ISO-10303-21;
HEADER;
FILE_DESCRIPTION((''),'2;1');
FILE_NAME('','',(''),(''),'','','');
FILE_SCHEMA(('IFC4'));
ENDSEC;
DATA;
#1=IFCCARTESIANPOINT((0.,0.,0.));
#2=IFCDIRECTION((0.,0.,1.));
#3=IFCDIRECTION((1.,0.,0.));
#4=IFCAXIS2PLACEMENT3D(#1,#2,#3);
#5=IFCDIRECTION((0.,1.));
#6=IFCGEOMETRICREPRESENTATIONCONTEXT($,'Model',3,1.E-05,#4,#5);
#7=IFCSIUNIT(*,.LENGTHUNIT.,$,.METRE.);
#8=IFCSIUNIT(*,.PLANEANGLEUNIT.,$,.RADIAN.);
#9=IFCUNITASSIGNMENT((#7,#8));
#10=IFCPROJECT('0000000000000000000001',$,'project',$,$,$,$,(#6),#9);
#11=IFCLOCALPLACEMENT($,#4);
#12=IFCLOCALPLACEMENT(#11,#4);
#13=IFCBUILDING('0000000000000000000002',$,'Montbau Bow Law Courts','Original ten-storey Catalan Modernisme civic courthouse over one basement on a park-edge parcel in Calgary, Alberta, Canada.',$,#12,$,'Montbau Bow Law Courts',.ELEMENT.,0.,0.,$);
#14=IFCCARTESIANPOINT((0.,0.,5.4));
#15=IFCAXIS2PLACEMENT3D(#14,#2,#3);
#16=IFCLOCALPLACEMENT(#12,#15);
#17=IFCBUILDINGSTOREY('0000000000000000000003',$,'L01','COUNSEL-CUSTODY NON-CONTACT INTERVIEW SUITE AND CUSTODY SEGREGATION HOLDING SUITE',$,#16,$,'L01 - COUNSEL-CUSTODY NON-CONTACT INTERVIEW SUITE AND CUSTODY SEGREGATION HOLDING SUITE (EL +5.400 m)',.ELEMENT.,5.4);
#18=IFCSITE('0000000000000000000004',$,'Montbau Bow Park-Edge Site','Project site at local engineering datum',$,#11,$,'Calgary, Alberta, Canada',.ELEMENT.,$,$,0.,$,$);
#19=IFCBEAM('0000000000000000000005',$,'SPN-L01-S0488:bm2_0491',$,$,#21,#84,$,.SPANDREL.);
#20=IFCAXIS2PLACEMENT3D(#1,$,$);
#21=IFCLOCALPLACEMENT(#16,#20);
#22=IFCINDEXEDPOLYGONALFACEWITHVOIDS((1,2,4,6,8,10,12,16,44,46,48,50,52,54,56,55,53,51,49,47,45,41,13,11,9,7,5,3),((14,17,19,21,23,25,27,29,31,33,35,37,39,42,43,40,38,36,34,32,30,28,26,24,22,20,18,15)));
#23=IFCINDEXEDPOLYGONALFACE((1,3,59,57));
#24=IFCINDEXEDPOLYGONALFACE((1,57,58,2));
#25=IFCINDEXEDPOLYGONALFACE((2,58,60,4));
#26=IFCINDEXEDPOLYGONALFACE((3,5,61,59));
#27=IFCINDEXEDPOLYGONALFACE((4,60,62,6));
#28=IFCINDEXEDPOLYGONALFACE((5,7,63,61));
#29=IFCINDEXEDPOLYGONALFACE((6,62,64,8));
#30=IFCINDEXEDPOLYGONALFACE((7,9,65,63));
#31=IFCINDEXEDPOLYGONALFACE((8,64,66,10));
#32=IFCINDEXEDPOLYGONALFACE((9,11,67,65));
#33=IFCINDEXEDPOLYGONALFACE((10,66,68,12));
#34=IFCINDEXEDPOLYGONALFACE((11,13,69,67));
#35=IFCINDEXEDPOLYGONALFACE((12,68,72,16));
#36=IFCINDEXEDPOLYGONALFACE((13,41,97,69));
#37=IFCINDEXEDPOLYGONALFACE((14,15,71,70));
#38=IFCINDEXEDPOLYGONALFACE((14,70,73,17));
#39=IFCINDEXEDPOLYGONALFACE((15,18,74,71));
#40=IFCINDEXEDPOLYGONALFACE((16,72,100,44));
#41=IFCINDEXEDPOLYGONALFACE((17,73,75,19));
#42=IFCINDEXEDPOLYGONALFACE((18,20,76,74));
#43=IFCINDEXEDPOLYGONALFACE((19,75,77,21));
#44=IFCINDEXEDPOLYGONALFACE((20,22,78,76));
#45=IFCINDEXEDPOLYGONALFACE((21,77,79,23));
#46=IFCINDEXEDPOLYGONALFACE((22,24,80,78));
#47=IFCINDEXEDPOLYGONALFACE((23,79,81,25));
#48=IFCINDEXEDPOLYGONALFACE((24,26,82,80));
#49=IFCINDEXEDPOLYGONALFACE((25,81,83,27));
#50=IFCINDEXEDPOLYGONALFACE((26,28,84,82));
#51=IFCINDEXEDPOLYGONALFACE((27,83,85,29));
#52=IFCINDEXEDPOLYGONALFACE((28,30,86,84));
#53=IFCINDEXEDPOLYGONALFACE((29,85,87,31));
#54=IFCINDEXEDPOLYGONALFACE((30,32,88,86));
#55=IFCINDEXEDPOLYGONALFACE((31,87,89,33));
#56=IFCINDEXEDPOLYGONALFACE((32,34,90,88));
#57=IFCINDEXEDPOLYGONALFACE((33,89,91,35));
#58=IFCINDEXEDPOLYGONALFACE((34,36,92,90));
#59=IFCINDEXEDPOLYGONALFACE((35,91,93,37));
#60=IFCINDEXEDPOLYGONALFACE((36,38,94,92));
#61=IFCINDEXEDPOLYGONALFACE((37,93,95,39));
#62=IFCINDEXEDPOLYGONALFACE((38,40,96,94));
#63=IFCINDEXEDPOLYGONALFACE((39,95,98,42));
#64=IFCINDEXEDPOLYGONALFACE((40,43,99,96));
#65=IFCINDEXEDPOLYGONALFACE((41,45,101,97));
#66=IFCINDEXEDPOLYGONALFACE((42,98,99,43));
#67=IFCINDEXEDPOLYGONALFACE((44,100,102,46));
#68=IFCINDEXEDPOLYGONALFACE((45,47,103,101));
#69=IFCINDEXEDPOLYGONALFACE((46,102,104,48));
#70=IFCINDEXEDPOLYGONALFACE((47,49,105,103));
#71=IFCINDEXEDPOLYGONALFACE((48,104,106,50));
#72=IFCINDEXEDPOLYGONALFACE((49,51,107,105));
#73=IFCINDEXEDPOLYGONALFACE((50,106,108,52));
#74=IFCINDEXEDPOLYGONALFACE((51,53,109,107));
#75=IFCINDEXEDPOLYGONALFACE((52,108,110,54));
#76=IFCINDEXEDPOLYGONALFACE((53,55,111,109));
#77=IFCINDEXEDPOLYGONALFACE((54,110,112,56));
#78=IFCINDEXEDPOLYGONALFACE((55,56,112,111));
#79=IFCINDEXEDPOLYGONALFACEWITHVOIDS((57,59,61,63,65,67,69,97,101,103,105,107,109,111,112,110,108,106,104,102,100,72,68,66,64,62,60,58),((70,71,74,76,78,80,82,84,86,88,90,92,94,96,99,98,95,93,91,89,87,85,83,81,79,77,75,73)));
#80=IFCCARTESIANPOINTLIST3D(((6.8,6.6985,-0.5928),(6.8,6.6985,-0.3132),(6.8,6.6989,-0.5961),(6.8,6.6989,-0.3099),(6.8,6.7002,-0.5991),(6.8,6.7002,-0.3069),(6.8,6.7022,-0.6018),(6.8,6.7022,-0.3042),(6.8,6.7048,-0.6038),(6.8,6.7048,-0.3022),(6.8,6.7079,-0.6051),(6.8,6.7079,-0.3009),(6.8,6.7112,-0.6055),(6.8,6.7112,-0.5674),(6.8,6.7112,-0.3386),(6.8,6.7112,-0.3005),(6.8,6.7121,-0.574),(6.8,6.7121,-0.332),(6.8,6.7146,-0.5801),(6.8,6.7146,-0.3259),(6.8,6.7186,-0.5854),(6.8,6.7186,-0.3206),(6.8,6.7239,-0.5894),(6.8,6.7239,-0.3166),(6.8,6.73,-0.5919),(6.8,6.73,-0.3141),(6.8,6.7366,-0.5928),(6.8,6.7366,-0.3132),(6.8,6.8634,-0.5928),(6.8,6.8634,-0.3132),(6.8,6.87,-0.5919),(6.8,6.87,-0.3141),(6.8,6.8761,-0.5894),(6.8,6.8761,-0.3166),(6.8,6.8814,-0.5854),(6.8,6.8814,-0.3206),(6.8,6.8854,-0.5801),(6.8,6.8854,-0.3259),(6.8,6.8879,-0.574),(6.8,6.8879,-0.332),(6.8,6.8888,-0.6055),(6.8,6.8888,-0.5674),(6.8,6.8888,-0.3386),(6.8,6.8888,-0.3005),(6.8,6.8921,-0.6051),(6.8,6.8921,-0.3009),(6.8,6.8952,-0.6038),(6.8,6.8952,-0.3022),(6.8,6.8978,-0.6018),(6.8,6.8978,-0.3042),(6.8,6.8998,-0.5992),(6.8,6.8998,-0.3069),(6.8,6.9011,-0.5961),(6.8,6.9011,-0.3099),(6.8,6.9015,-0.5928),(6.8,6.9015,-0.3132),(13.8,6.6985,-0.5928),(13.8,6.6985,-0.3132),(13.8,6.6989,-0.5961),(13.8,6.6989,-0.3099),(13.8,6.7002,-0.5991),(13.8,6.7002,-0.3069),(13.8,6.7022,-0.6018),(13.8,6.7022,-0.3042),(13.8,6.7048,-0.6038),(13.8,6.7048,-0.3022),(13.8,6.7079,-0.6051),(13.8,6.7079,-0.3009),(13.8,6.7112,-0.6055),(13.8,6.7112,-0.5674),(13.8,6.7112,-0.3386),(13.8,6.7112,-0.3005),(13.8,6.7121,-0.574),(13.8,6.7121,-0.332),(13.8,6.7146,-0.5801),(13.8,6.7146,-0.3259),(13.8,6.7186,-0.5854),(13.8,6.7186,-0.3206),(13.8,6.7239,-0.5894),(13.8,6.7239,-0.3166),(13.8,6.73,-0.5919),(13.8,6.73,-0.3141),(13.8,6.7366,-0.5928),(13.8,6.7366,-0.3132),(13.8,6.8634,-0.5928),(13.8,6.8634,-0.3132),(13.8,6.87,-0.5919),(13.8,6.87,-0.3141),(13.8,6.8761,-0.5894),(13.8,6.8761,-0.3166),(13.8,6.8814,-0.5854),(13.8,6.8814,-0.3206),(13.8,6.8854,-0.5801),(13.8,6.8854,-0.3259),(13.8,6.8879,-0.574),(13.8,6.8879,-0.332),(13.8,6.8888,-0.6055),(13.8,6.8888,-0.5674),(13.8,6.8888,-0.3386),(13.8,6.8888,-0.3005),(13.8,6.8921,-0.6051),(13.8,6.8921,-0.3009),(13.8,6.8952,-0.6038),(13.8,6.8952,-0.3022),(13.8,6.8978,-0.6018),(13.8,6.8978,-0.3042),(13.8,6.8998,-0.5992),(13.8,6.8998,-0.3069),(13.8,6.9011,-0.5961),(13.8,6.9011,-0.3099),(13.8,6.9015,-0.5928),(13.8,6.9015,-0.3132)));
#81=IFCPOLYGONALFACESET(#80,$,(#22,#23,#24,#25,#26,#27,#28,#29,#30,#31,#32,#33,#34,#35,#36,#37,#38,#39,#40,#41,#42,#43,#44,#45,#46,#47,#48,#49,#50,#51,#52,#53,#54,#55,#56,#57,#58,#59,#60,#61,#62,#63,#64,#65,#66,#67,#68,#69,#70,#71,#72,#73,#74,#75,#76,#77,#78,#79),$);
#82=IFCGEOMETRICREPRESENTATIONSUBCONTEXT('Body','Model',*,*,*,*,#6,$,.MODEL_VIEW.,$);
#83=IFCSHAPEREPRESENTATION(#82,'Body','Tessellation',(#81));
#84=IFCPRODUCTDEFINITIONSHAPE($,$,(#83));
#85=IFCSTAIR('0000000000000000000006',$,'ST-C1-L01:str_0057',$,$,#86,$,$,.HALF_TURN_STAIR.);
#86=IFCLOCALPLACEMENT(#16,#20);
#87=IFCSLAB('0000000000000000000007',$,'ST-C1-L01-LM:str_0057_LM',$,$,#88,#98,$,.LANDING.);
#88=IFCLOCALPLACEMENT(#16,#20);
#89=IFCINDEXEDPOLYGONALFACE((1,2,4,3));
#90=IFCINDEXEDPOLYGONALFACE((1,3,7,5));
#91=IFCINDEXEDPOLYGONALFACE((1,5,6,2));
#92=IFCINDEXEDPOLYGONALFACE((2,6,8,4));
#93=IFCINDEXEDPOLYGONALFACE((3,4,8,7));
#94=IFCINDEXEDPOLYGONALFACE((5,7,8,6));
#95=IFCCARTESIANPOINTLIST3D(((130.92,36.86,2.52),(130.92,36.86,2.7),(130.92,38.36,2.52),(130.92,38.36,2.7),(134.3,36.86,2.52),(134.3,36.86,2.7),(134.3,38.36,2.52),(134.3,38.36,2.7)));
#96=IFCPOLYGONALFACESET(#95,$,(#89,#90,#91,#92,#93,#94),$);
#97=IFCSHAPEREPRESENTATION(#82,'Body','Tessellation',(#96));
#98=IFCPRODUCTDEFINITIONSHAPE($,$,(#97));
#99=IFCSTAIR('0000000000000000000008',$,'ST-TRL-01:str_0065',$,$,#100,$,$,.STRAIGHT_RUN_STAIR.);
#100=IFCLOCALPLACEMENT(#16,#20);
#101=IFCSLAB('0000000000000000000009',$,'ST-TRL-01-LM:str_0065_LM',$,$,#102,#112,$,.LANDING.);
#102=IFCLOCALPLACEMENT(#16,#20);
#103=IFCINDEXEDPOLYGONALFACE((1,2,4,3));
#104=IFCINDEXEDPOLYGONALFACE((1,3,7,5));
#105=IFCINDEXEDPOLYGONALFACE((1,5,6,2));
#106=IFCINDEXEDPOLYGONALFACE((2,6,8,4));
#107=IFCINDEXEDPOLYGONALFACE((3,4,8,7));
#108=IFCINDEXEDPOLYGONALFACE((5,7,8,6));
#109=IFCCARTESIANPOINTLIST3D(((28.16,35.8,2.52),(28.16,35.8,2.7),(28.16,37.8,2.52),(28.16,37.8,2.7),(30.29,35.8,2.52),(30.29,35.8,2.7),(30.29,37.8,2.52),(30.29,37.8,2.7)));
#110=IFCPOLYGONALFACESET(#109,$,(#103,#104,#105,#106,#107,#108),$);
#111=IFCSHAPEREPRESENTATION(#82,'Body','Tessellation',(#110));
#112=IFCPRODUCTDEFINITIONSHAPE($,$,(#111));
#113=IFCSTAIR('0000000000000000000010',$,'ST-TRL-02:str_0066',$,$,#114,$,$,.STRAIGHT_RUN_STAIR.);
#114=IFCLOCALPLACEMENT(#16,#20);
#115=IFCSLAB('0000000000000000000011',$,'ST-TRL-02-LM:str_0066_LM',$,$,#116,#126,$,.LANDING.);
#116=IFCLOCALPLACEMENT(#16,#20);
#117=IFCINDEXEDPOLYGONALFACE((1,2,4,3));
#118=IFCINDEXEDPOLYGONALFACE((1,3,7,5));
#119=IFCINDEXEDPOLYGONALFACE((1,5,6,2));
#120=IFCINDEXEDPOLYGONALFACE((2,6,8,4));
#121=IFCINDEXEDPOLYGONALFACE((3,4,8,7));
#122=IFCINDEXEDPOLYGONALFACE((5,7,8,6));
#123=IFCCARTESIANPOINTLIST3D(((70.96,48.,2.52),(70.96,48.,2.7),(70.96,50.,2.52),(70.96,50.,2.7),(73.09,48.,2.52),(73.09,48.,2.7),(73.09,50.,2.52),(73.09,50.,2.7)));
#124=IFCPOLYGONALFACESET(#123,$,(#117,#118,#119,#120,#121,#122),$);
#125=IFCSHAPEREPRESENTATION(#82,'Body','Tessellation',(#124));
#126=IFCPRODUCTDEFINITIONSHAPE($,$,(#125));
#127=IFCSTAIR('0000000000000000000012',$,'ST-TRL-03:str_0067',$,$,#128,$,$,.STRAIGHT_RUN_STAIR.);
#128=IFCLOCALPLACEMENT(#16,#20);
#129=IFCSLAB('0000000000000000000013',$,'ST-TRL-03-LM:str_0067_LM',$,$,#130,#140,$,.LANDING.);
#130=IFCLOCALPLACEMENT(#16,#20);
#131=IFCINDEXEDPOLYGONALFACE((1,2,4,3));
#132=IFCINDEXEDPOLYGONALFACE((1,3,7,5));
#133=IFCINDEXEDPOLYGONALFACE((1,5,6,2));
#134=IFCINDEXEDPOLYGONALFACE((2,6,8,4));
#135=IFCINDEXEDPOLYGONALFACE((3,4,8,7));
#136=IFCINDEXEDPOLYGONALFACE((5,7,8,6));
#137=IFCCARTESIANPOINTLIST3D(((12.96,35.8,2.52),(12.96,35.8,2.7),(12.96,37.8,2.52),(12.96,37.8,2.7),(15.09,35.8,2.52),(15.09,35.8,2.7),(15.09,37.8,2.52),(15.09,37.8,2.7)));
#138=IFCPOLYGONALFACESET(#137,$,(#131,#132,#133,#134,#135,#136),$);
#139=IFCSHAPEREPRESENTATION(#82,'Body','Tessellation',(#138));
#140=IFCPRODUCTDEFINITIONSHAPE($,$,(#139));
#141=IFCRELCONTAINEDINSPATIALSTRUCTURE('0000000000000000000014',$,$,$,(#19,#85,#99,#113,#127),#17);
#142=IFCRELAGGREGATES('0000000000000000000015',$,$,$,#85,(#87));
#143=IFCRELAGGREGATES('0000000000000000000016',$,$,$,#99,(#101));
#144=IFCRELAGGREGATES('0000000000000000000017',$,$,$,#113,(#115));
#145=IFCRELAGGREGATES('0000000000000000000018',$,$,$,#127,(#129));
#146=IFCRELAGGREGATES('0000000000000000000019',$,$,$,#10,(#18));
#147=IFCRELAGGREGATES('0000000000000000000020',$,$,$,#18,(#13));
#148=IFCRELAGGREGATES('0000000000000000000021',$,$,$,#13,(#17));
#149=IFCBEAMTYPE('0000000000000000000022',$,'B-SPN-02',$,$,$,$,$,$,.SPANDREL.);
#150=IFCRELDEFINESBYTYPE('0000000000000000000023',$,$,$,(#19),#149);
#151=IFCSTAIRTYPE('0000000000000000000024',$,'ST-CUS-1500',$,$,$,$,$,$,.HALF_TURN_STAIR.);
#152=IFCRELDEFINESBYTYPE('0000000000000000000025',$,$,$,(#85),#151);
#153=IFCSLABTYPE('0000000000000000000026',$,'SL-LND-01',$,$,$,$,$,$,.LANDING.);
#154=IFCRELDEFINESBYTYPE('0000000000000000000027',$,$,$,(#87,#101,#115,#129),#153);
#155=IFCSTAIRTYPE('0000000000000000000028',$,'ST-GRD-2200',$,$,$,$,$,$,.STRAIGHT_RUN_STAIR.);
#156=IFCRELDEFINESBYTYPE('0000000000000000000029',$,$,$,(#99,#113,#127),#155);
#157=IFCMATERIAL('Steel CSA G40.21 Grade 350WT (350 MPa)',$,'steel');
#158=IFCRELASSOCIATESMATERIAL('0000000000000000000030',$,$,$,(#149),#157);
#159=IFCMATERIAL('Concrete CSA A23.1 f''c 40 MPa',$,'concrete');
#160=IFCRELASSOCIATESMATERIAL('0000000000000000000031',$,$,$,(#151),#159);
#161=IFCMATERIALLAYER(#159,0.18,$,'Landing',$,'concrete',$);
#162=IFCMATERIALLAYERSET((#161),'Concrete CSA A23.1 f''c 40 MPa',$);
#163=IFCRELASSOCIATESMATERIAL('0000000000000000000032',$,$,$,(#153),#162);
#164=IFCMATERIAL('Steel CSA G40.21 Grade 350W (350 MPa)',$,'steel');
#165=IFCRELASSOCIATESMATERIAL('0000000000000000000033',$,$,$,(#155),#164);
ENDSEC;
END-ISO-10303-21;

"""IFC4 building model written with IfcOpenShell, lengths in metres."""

from ifc_helpers import new_model, si_unit, direction, frame, origin_with_axes, origin_2d_with_axis, place, context, subcontext, project, spatial, polyline, hollow_rectangle, outline, extrude, material, layer, layer_set, material_profile, profile_set, type_object, element, aggregate, save


model = new_model("IFC4")

# Units and contexts
model_context = context("Model", 3, precision=1e-05, world=origin_with_axes(), true_north=direction((0.0, 1.0)))
body_context = subcontext(model_context, "Body", "Model", "MODEL_VIEW")
ifc_project = project(units=[si_unit("LENGTHUNIT", "METRE"), si_unit("PLANEANGLEUNIT", "RADIAN")], contexts=[model_context])

# Site, building, storey
site_placement = place(None, origin_with_axes())
site = spatial("IfcSite", under=ifc_project, at=site_placement, Name="Montbau Bow Park-Edge Site", Description="Project site at local engineering datum", LongName="Calgary, Alberta, Canada", CompositionType="ELEMENT", RefElevation=0.0)
building_placement = place(site_placement, origin_with_axes())
building = spatial("IfcBuilding", under=site, at=building_placement, Name="Montbau Bow Law Courts", Description="Original ten-storey Catalan Modernisme civic courthouse over one basement on a park-edge parcel in Calgary, Alberta, Canada.", LongName="Montbau Bow Law Courts", CompositionType="ELEMENT", ElevationOfRefHeight=0.0, ElevationOfTerrain=0.0)
storey_placement = place(building_placement, frame((0.0, 0.0, 5.4), z_axis=(0.0, 0.0, 1.0), x_axis=(1.0, 0.0, 0.0)))
storey = spatial("IfcBuildingStorey", under=building, at=storey_placement, Name="L01", Description="COUNSEL-CUSTODY NON-CONTACT INTERVIEW SUITE AND CUSTODY SEGREGATION HOLDING SUITE", LongName="L01 - COUNSEL-CUSTODY NON-CONTACT INTERVIEW SUITE AND CUSTODY SEGREGATION HOLDING SUITE (EL +5.400 m)", CompositionType="ELEMENT", Elevation=5.4)

# Shared definitions
ifc_material_1 = material(Name="Concrete CSA A23.1 f'c 40 MPa", Category="concrete")

# Beam
ifc_material_2 = material(Name="Steel CSA G40.21 Grade 350W (350 MPa)", Category="steel")
ifc_material_3 = material(Name="Steel CSA G40.21 Grade 350WT (350 MPa)", Category="steel")
ifc_material_profile_1 = material_profile(ifc_material_3, hollow_rectangle(XDim=0.203, YDim=0.305, WallThickness=0.0127, InnerFilletRadius=0.0254, OuterFilletRadius=0.0127, at=origin_2d_with_axis()), Name="HSS305X203X13", Category="Main", Priority=0)
ifc_profile_set_1 = profile_set([ifc_material_profile_1], Name="Steel CSA G40.21 Grade 350WT (350 MPa)")
beam_type_1 = type_object("IfcBeamType", Name="B-SPN-02", PredefinedType="SPANDREL", material=ifc_profile_set_1)
beam_1_placement = place(None, frame((6.8, 6.8, 4.947), z_axis=(1.0, 0.0, 0.0), x_axis=(0.0, 1.0, 0.0)))
element("IfcBeam", 1, at=beam_1_placement, inside=storey, type_object=beam_type_1, Name="SPN-L01-S0488:bm2_0491", PredefinedType="SPANDREL", context=body_context, shape_type="SweptSolid", body=[
    extrude(hollow_rectangle(XDim=0.203, YDim=0.305, WallThickness=0.0127, InnerFilletRadius=0.0254, OuterFilletRadius=0.0127, at=origin_2d_with_axis()), origin_with_axes(), (0.0, 0.0, 1.0), 7.0),
])

# Stairs, slabs
stair_type_1 = type_object("IfcStairType", Name="ST-CUS-1500", PredefinedType="HALF_TURN_STAIR", material=ifc_material_1)
stair_1_placement = place(None, frame((131.65, 32.7, 5.4), z_axis=(0.0, 0.0, 1.0), x_axis=(1.0, 0.0, 0.0)))
stair_1 = element("IfcStair", 2, at=stair_1_placement, inside=storey, type_object=stair_type_1, Name="ST-C1-L01:str_0057", PredefinedType="HALF_TURN_STAIR")
ifc_layer_1 = layer(ifc_material_1, 0.18, Name="Landing", Category="concrete")
ifc_layer_set_1 = layer_set([ifc_layer_1], Name="Concrete CSA A23.1 f'c 40 MPa")
slab_type = type_object("IfcSlabType", Name="SL-LND-01", PredefinedType="LANDING", material=ifc_layer_set_1)
slab_1_placement = place(None, frame((0.0, 0.0, 7.92), z_axis=(0.0, 0.0, 1.0), x_axis=(1.0, 0.0, 0.0)))
slab_1 = element("IfcSlab", 3, at=slab_1_placement, type_object=slab_type, Name="ST-C1-L01-LM:str_0057_LM", PredefinedType="LANDING", context=body_context, shape_type="SweptSolid", body=[
    extrude(outline(polyline([(130.92, 36.86), (134.3, 36.86), (134.3, 38.36), (130.92, 38.36), (130.92, 36.86)])), origin_with_axes(), (0.0, 0.0, 1.0), 0.18),
])
aggregate(stair_1, [slab_1])
stair_type_2 = type_object("IfcStairType", Name="ST-GRD-2200", PredefinedType="STRAIGHT_RUN_STAIR", material=ifc_material_2)
stair_2_placement = place(None, frame((24.0, 36.8, 5.4), z_axis=(0.0, 0.0, 1.0), x_axis=(1.0, 0.0, 0.0)))
stair_2 = element("IfcStair", 4, at=stair_2_placement, inside=storey, type_object=stair_type_2, Name="ST-TRL-01:str_0065", PredefinedType="STRAIGHT_RUN_STAIR")
slab_2_placement = place(None, frame((0.0, 0.0, 7.92), z_axis=(0.0, 0.0, 1.0), x_axis=(1.0, 0.0, 0.0)))
slab_2 = element("IfcSlab", 5, at=slab_2_placement, type_object=slab_type, Name="ST-TRL-01-LM:str_0065_LM", PredefinedType="LANDING", context=body_context, shape_type="SweptSolid", body=[
    extrude(outline(polyline([(28.16, 35.8), (30.29, 35.8), (30.29, 37.8), (28.16, 37.8), (28.16, 35.8)])), origin_with_axes(), (0.0, 0.0, 1.0), 0.18),
])
aggregate(stair_2, [slab_2])
stair_3_placement = place(None, frame((66.8, 49.0, 5.4), z_axis=(0.0, 0.0, 1.0), x_axis=(1.0, 0.0, 0.0)))
stair_3 = element("IfcStair", 6, at=stair_3_placement, inside=storey, type_object=stair_type_2, Name="ST-TRL-02:str_0066", PredefinedType="STRAIGHT_RUN_STAIR")
slab_3_placement = place(None, frame((0.0, 0.0, 7.92), z_axis=(0.0, 0.0, 1.0), x_axis=(1.0, 0.0, 0.0)))
slab_3 = element("IfcSlab", 7, at=slab_3_placement, type_object=slab_type, Name="ST-TRL-02-LM:str_0066_LM", PredefinedType="LANDING", context=body_context, shape_type="SweptSolid", body=[
    extrude(outline(polyline([(70.96, 48.0), (73.09, 48.0), (73.09, 50.0), (70.96, 50.0), (70.96, 48.0)])), origin_with_axes(), (0.0, 0.0, 1.0), 0.18),
])
aggregate(stair_3, [slab_3])
stair_4_placement = place(None, frame((8.8, 36.8, 5.4), z_axis=(0.0, 0.0, 1.0), x_axis=(1.0, 0.0, 0.0)))
stair_4 = element("IfcStair", 8, at=stair_4_placement, inside=storey, type_object=stair_type_2, Name="ST-TRL-03:str_0067", PredefinedType="STRAIGHT_RUN_STAIR")
slab_4_placement = place(None, frame((0.0, 0.0, 7.92), z_axis=(0.0, 0.0, 1.0), x_axis=(1.0, 0.0, 0.0)))
slab_4 = element("IfcSlab", 9, at=slab_4_placement, type_object=slab_type, Name="ST-TRL-03-LM:str_0067_LM", PredefinedType="LANDING", context=body_context, shape_type="SweptSolid", body=[
    extrude(outline(polyline([(12.96, 35.8), (15.09, 35.8), (15.09, 37.8), (12.96, 37.8), (12.96, 35.8)])), origin_with_axes(), (0.0, 0.0, 1.0), 0.18),
])
aggregate(stair_4, [slab_4])

save(model, "model.ifc")
